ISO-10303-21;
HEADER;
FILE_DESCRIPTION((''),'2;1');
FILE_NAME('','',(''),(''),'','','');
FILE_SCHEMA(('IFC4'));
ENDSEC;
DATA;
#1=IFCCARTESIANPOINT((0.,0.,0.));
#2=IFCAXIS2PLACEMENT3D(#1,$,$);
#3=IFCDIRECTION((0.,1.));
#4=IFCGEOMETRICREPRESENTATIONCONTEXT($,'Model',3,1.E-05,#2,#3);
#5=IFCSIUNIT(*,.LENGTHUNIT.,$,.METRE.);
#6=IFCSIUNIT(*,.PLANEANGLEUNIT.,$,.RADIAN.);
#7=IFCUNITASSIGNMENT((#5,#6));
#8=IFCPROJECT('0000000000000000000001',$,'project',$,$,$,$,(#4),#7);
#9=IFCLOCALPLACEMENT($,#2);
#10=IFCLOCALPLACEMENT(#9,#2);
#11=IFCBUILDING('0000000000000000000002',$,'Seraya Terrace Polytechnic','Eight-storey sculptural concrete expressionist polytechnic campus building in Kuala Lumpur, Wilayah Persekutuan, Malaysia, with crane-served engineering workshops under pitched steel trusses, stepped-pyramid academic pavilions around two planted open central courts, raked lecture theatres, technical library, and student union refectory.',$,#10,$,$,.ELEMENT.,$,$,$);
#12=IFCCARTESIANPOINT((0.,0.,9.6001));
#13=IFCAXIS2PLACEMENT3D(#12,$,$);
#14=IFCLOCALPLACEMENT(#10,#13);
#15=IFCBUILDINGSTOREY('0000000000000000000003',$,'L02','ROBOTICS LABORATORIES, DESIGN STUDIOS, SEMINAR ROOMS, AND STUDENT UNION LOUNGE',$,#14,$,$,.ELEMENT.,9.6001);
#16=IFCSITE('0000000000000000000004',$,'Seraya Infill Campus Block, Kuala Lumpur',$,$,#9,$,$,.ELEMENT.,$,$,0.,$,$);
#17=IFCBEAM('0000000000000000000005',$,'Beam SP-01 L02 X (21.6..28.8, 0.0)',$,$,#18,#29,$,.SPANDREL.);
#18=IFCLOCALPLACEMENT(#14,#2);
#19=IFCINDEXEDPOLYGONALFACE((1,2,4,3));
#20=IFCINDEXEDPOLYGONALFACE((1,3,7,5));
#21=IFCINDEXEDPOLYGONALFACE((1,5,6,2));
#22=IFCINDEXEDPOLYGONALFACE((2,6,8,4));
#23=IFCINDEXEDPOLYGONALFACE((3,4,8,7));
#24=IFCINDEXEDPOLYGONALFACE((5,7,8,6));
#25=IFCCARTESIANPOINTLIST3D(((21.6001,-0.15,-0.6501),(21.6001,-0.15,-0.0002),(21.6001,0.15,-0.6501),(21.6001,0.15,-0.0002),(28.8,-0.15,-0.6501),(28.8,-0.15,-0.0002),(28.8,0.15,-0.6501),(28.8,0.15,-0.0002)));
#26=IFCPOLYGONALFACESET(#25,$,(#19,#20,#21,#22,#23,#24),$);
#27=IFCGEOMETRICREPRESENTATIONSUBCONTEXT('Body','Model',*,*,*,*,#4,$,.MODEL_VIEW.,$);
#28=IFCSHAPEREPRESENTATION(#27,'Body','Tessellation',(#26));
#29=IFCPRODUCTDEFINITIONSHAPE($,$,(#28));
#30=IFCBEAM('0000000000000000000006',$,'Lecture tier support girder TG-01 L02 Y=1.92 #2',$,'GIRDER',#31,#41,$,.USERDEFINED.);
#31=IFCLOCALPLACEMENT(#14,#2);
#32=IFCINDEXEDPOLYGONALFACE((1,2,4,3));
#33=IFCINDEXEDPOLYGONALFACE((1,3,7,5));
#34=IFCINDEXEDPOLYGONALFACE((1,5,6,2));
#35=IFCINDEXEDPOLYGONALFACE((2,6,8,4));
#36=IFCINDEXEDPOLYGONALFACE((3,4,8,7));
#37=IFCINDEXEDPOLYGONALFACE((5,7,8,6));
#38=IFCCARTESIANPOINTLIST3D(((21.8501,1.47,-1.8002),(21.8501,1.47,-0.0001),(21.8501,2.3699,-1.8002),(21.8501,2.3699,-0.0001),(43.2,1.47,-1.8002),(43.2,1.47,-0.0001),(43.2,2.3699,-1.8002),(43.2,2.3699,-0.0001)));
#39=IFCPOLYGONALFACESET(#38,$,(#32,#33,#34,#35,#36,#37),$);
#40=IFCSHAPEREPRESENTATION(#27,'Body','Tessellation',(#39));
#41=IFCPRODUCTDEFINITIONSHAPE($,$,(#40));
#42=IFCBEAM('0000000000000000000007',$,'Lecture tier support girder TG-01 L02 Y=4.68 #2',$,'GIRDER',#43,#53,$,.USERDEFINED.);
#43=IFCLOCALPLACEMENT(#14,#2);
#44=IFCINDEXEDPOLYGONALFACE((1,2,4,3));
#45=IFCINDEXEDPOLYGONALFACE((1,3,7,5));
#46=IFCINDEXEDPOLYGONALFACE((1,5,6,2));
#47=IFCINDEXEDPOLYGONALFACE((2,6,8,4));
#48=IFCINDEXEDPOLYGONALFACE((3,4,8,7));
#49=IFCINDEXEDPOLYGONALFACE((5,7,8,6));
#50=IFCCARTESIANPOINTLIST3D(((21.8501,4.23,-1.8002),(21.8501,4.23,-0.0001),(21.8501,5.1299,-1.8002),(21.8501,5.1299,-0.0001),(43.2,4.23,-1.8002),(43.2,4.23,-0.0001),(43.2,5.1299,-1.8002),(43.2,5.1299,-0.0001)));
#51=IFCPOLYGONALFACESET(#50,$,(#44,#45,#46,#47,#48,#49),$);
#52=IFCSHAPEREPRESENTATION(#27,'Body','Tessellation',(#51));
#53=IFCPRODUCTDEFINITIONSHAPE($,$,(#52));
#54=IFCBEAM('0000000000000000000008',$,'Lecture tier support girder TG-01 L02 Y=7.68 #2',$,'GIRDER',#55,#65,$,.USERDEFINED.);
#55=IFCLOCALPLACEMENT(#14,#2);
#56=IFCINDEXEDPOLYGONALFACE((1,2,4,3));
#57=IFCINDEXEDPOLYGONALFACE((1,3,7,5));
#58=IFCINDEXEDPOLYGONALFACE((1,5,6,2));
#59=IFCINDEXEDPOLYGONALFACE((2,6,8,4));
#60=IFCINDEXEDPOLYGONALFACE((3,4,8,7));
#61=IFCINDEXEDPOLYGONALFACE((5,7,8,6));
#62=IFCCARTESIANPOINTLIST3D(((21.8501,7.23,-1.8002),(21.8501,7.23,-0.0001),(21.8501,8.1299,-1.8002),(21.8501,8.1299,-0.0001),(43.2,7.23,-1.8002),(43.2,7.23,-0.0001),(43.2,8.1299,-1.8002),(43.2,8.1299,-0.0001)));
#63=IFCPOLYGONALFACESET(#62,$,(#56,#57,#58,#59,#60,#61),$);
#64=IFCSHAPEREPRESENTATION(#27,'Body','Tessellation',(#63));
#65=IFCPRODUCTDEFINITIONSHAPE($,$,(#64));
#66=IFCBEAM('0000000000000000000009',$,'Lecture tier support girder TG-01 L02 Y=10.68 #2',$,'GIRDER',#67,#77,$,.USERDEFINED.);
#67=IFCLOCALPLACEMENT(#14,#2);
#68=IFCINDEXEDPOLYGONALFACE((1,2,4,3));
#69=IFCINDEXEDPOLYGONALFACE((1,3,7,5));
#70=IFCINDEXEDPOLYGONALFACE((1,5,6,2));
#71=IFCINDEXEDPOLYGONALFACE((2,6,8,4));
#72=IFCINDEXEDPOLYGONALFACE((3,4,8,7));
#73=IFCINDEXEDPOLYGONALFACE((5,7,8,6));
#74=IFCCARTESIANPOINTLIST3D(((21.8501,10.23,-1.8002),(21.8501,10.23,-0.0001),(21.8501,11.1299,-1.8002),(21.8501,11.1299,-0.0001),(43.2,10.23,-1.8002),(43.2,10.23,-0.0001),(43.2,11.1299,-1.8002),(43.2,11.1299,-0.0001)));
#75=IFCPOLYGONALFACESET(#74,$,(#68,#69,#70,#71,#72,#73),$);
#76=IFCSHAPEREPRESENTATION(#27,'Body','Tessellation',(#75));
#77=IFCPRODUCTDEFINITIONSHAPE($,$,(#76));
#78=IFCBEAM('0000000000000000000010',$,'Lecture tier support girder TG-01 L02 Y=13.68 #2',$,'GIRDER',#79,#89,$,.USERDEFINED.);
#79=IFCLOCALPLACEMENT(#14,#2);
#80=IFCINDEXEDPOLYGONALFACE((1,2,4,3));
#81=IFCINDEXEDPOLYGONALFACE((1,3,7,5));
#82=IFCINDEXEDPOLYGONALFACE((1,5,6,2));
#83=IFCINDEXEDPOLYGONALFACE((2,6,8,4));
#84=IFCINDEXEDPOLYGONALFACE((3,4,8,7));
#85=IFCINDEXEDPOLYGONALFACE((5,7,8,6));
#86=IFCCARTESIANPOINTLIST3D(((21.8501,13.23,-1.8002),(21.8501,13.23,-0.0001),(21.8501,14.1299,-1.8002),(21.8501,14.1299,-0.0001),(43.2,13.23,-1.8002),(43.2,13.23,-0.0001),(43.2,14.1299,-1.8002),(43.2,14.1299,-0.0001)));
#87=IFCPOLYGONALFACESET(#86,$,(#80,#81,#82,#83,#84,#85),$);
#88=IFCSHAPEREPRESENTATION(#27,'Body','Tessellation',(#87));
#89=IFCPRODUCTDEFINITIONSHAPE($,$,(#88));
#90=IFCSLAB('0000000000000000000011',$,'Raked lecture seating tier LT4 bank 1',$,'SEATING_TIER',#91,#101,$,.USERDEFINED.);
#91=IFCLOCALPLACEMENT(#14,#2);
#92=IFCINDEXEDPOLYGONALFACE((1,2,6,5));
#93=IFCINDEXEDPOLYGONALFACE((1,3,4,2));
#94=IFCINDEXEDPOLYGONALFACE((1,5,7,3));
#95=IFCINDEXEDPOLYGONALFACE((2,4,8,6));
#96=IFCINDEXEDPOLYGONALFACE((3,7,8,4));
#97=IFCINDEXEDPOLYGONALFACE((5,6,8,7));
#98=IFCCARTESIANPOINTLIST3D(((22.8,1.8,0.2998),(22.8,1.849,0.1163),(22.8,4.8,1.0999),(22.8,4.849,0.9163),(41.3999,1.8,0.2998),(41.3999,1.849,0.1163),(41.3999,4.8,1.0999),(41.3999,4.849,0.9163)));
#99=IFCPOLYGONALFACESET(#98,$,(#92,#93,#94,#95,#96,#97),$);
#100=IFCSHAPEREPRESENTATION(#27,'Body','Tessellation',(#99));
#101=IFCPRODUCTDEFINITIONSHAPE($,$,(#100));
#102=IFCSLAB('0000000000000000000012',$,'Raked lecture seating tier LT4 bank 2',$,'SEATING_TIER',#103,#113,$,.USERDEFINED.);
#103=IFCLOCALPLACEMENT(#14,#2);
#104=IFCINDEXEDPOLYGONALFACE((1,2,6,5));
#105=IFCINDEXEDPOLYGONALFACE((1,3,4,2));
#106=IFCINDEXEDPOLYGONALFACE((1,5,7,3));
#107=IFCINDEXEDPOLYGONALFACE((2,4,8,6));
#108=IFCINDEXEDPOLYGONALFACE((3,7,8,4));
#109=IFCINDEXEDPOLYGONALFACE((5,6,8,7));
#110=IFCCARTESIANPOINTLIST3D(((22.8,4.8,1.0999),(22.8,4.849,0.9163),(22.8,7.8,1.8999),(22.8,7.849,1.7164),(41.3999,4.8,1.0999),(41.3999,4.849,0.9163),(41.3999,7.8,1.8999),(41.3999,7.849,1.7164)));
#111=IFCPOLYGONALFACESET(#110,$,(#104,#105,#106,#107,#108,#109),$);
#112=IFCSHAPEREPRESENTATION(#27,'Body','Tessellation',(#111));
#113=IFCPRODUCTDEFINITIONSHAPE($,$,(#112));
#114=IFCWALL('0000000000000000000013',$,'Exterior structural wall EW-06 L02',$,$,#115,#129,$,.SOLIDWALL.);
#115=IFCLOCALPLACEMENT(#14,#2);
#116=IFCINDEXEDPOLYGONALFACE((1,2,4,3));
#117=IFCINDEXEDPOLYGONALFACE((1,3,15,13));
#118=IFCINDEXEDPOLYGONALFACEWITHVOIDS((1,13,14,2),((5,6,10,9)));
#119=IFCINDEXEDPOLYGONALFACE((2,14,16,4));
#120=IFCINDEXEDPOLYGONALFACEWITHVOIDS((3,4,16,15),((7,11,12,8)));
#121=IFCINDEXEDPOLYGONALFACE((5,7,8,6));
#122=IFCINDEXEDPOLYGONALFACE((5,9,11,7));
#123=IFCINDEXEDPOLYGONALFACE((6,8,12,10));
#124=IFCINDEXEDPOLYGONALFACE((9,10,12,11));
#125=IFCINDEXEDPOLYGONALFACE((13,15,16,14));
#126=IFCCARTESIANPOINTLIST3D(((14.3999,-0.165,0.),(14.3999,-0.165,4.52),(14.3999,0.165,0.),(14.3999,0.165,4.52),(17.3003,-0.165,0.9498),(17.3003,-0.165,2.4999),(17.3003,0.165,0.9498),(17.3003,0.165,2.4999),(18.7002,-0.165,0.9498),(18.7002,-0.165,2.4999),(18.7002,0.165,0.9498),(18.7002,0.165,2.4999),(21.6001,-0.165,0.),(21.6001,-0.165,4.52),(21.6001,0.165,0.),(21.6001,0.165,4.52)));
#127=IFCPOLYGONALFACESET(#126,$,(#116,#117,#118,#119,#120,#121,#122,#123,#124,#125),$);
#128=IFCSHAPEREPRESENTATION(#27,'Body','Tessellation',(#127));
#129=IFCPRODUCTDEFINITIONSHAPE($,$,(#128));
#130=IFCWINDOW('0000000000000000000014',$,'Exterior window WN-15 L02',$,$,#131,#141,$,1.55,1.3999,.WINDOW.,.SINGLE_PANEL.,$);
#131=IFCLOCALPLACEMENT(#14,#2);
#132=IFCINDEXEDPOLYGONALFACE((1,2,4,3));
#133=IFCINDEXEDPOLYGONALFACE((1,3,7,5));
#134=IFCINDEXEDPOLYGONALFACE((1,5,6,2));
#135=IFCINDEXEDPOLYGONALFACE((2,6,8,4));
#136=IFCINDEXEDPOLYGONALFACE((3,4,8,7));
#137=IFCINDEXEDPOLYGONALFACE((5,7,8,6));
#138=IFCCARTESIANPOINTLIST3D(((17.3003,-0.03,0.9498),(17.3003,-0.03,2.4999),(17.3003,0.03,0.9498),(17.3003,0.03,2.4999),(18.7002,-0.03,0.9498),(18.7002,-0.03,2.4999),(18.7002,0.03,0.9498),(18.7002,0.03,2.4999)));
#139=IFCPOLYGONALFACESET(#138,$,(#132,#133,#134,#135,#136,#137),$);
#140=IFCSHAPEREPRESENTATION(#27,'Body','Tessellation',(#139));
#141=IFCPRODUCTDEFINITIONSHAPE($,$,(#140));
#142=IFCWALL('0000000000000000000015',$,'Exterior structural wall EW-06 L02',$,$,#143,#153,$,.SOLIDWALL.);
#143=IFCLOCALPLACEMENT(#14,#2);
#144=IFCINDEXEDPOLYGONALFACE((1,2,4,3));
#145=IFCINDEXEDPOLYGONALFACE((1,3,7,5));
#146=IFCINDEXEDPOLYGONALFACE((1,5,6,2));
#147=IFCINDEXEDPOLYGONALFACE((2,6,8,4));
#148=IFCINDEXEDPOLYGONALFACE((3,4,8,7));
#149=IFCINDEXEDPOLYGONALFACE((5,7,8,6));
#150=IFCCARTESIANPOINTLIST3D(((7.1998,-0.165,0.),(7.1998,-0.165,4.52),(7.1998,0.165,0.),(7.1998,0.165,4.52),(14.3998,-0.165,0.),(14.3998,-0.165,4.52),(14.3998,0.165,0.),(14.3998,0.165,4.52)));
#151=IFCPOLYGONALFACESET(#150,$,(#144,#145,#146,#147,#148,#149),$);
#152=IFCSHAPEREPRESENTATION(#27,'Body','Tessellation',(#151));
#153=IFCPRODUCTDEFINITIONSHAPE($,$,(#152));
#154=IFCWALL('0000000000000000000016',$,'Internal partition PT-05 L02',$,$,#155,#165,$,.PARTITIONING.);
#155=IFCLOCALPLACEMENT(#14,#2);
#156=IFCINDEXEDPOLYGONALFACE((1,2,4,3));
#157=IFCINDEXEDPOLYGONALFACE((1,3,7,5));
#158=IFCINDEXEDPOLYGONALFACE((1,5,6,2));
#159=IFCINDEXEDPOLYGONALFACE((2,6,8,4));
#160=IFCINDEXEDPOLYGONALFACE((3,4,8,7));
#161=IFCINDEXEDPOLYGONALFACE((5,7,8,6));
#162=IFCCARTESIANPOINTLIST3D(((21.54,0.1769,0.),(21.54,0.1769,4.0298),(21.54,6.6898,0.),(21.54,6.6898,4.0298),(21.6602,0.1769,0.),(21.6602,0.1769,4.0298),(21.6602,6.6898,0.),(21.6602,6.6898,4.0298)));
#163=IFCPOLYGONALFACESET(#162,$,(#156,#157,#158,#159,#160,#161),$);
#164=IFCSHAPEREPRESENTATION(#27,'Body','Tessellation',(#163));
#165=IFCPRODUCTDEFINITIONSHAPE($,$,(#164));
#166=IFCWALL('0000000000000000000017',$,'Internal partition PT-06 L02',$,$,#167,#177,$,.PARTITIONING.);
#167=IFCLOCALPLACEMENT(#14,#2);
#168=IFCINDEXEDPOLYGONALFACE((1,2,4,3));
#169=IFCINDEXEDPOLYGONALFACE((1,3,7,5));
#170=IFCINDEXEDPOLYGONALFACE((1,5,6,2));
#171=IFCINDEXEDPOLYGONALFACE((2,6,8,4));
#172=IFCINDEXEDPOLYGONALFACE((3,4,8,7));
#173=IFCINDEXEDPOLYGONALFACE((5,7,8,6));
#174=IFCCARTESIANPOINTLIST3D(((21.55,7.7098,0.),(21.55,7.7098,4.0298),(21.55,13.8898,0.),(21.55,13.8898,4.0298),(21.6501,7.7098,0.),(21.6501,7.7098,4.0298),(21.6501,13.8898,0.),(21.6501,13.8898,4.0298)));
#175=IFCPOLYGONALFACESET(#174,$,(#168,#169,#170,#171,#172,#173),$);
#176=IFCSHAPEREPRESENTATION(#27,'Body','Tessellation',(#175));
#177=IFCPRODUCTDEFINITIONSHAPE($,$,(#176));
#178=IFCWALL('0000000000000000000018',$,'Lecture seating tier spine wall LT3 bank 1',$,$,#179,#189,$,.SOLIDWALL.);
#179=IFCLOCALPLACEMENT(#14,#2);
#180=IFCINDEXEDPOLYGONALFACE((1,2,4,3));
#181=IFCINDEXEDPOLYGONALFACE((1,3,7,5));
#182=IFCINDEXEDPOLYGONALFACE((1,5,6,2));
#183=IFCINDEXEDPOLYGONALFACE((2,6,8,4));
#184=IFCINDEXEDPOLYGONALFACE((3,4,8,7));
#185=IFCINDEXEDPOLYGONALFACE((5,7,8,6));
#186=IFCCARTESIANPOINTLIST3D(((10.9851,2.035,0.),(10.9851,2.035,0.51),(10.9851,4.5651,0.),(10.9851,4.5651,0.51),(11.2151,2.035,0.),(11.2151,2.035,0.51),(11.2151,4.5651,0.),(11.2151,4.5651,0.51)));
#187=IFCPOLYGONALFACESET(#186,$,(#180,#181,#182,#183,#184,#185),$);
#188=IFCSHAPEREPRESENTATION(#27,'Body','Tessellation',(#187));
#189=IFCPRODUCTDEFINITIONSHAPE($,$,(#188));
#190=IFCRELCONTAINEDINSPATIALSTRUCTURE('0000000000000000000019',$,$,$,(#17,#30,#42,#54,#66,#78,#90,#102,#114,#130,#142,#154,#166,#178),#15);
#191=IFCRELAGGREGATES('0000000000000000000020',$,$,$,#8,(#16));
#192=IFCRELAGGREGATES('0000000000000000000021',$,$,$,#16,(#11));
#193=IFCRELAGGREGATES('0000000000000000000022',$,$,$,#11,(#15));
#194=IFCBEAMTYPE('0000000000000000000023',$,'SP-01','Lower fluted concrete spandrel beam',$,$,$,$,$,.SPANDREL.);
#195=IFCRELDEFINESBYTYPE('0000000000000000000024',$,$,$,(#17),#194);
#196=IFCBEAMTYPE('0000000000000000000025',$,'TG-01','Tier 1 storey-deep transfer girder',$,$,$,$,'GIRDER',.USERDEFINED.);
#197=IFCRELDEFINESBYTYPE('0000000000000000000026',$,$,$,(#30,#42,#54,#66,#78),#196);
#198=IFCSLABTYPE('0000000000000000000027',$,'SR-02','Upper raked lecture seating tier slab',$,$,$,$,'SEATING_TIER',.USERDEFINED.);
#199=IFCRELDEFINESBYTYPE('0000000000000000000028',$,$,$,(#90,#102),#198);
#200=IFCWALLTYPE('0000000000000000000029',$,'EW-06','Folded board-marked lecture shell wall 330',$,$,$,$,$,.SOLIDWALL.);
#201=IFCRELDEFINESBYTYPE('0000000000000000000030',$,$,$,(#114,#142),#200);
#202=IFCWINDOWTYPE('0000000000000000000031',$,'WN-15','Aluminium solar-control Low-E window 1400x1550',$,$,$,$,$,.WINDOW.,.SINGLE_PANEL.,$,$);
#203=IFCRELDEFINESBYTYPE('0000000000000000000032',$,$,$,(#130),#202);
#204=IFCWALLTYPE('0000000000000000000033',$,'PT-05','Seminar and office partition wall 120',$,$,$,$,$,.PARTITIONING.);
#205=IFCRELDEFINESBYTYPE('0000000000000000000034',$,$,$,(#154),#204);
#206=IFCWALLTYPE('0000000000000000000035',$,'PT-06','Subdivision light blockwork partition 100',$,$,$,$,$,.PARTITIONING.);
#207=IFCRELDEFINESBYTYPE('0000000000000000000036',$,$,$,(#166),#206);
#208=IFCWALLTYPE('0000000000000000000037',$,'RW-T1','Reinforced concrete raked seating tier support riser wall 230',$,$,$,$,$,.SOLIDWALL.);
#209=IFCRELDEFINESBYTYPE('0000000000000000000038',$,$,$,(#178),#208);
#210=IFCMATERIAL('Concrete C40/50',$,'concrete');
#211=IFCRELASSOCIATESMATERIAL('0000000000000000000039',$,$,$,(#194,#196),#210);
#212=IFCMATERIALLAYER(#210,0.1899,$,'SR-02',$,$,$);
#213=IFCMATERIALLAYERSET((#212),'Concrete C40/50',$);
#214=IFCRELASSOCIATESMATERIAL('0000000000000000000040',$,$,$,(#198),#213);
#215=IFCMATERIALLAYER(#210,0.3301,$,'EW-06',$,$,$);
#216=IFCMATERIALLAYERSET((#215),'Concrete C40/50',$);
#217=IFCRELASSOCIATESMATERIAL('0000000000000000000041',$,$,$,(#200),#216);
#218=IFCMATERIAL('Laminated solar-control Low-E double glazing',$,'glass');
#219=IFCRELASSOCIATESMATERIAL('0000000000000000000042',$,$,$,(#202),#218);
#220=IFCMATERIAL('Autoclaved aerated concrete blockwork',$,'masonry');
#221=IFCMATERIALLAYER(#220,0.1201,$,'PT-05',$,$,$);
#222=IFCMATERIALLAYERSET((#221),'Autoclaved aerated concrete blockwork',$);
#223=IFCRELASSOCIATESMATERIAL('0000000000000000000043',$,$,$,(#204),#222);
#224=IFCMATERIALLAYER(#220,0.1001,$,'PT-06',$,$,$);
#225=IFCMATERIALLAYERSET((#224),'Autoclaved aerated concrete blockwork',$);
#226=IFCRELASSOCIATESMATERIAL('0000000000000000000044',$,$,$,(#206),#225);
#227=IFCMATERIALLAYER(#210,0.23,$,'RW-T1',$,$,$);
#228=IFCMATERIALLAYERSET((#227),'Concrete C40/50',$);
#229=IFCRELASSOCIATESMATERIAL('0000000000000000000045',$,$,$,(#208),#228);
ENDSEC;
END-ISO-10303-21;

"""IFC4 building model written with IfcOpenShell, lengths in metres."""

from ifc_helpers import new_model, si_unit, direction, frame, frame_2d, origin, origin_2d, place, context, subcontext, project, spatial, polyline, rectangle, outline, extrude, material, layer, layer_set, material_profile, profile_set, type_object, element, fill, save


model = new_model("IFC4")

# Units and contexts
model_context = context("Model", 3, precision=1e-05, world=origin(), true_north=direction((0.0, 1.0)))
body_context = subcontext(model_context, "Body", "Model", "MODEL_VIEW")
ifc_project = project(units=[si_unit("LENGTHUNIT", "METRE"), si_unit("PLANEANGLEUNIT", "RADIAN")], contexts=[model_context])

# Site, building, storey
site_placement = place(None, origin())
site = spatial("IfcSite", under=ifc_project, at=site_placement, Name="Seraya Infill Campus Block, Kuala Lumpur", CompositionType="ELEMENT", RefElevation=0.0)
building_placement = place(site_placement, origin())
building = spatial("IfcBuilding", under=site, at=building_placement, Name="Seraya Terrace Polytechnic", Description="Eight-storey sculptural concrete expressionist polytechnic campus building in Kuala Lumpur, Wilayah Persekutuan, Malaysia, with crane-served engineering workshops under pitched steel trusses, stepped-pyramid academic pavilions around two planted open central courts, raked lecture theatres, technical library, and student union refectory.", CompositionType="ELEMENT")
storey_placement = place(building_placement, frame((0.0, 0.0, 9.6001)))
storey = spatial("IfcBuildingStorey", under=building, at=storey_placement, Name="L02", Description="ROBOTICS LABORATORIES, DESIGN STUDIOS, SEMINAR ROOMS, AND STUDENT UNION LOUNGE", CompositionType="ELEMENT", Elevation=9.6001)

# Shared definitions
ifc_material_1 = material(Name="Concrete C40/50", Category="concrete")

# Beams
ifc_material_profile_1 = material_profile(ifc_material_1, rectangle(XDim=0.3, YDim=0.6499, at=origin_2d()), Name="RC 300x650")
ifc_profile_set_1 = profile_set([ifc_material_profile_1], Name="Concrete C40/50")
beam_type_1 = type_object("IfcBeamType", Name="SP-01", Description="Lower fluted concrete spandrel beam", PredefinedType="SPANDREL", material=ifc_profile_set_1)
beam_1_placement = place(storey_placement, frame((21.6001, 0.0, -0.3252), z_axis=(1.0, 0.0, 0.0), x_axis=(0.0, 1.0, 0.0)))
element("IfcBeam", 1, at=beam_1_placement, inside=storey, type_object=beam_type_1, Name="Beam SP-01 L02 X (21.6..28.8, 0.0)", PredefinedType="SPANDREL", context=body_context, shape_type="SweptSolid", body=[
    extrude(rectangle(XDim=0.3, YDim=0.6499, at=origin_2d()), origin(), (0.0, 0.0, 1.0), 7.2),
])
ifc_material_profile_2 = material_profile(ifc_material_1, rectangle(XDim=0.8999, YDim=1.8, at=origin_2d()), Name="RC 900x1800")
ifc_profile_set_2 = profile_set([ifc_material_profile_2], Name="Concrete C40/50")
beam_type_2 = type_object("IfcBeamType", Name="TG-01", Description="Tier 1 storey-deep transfer girder", ElementType="GIRDER", PredefinedType="USERDEFINED", material=ifc_profile_set_2)
for number, where, z_axis, x_axis, name in (
    (2, (21.8501, 1.9199, -0.9001), (1.0, 0.0, 0.0), (0.0, 1.0, 0.0), "Lecture tier support girder TG-01 L02 Y=1.92 #2"),
    (3, (21.8501, 4.6799, -0.9001), (1.0, 0.0, 0.0), (0.0, 1.0, 0.0), "Lecture tier support girder TG-01 L02 Y=4.68 #2"),
    (4, (21.8501, 7.6799, -0.9001), (1.0, 0.0, 0.0), (0.0, 1.0, 0.0), "Lecture tier support girder TG-01 L02 Y=7.68 #2"),
    (5, (21.8501, 10.6799, -0.9001), (1.0, 0.0, 0.0), (0.0, 1.0, 0.0), "Lecture tier support girder TG-01 L02 Y=10.68 #2"),
    (6, (21.8501, 13.6799, -0.9001), (1.0, 0.0, 0.0), (0.0, 1.0, 0.0), "Lecture tier support girder TG-01 L02 Y=13.68 #2"),
):
    element("IfcBeam", number, at=place(storey_placement, frame(where, z_axis=z_axis, x_axis=x_axis)), inside=storey, type_object=beam_type_2, Name=name, ObjectType="GIRDER", PredefinedType="USERDEFINED", context=body_context, shape_type="SweptSolid", body=[
        extrude(rectangle(XDim=0.8999, YDim=1.8, at=origin_2d()), origin(), (0.0, 0.0, 1.0), 21.3499),
    ])

# Slabs
ifc_layer_1 = layer(ifc_material_1, 0.1899, Name="SR-02")
ifc_layer_set_1 = layer_set([ifc_layer_1], Name="Concrete C40/50")
slab_type = type_object("IfcSlabType", Name="SR-02", Description="Upper raked lecture seating tier slab", ElementType="SEATING_TIER", PredefinedType="USERDEFINED", material=ifc_layer_set_1)
for number, where, z_axis, x_axis, name in (
    (7, (22.8, 1.8, 0.2998), (0.0, -0.257677, 0.966231), (1.0, 0.0, 0.0), "Raked lecture seating tier LT4 bank 1"),
    (8, (22.8, 4.8, 1.0999), (0.0, -0.257677, 0.966231), (1.0, 0.0, 0.0), "Raked lecture seating tier LT4 bank 2"),
):
    element("IfcSlab", number, at=place(storey_placement, frame(where, z_axis=z_axis, x_axis=x_axis)), inside=storey, type_object=slab_type, Name=name, ObjectType="SEATING_TIER", PredefinedType="USERDEFINED", context=body_context, shape_type="SweptSolid", body=[
        extrude(outline(polyline([(0.0, 0.0), (18.5999, 0.0), (18.5999, 3.1048), (0.0, 3.1048), (0.0, 0.0)])), origin(), (0.0, 0.0, -1.0), 0.1899),
    ])

# Wall, opening, window
ifc_layer_2 = layer(ifc_material_1, 0.3301, Name="EW-06")
ifc_layer_set_2 = layer_set([ifc_layer_2], Name="Concrete C40/50")
wall_type_1 = type_object("IfcWallType", Name="EW-06", Description="Folded board-marked lecture shell wall 330", PredefinedType="SOLIDWALL", material=ifc_layer_set_2)
wall_1_placement = place(storey_placement, frame((21.6001, 0.0, 0.0), z_axis=(0.0, 0.0, 1.0), x_axis=(-1.0, 0.0, 0.0)))
wall_1 = element("IfcWall", 9, at=wall_1_placement, inside=storey, type_object=wall_type_1, Name="Exterior structural wall EW-06 L02", PredefinedType="SOLIDWALL", context=body_context, shape_type="SweptSolid", body=[
    extrude(rectangle(XDim=7.2002, YDim=0.3301, at=frame_2d((3.6001, 0.0))), origin(), (0.0, 0.0, 1.0), 4.52),
])
opening_placement = place(wall_1_placement, frame((2.8999, 0.0, 0.95)))
opening = element("IfcOpeningElement", 10, at=opening_placement, cuts=wall_1, PredefinedType="OPENING", context=body_context, shape_type="SweptSolid", body=[
    extrude(rectangle(XDim=1.3999, YDim=1.55, at=frame_2d((0.7, 0.7749))), frame((0.0, 0.177, 0.0), z_axis=(0.0, -1.0, 0.0), x_axis=(1.0, 0.0, 0.0)), (0.0, 0.0, 1.0), 0.354),
])
ifc_material_2 = material(Name="Laminated solar-control Low-E double glazing", Category="glass")
window_type = type_object("IfcWindowType", Name="WN-15", Description="Aluminium solar-control Low-E window 1400x1550", PartitioningType="SINGLE_PANEL", PredefinedType="WINDOW", material=ifc_material_2)
window_placement = place(opening_placement, origin())
window = element("IfcWindow", 11, at=window_placement, inside=storey, type_object=window_type, Name="Exterior window WN-15 L02", OverallHeight=1.55, OverallWidth=1.3999, PartitioningType="SINGLE_PANEL", PredefinedType="WINDOW", context=body_context, shape_type="SweptSolid", body=[
    extrude(rectangle(XDim=1.3999, YDim=1.55, at=frame_2d((0.7, 0.7749))), frame((0.0, 0.03, 0.0), z_axis=(0.0, -1.0, 0.0), x_axis=(1.0, 0.0, 0.0)), (0.0, 0.0, 1.0), 0.0601),
])
fill(opening, window)

# Walls
wall_2_placement = place(storey_placement, frame((14.3999, 0.0, 0.0), z_axis=(0.0, 0.0, 1.0), x_axis=(-1.0, 0.0, 0.0)))
element("IfcWall", 12, at=wall_2_placement, inside=storey, type_object=wall_type_1, Name="Exterior structural wall EW-06 L02", PredefinedType="SOLIDWALL", context=body_context, shape_type="SweptSolid", body=[
    extrude(rectangle(XDim=7.2, YDim=0.3301, at=frame_2d((3.6001, 0.0))), origin(), (0.0, 0.0, 1.0), 4.52),
])
ifc_material_3 = material(Name="Autoclaved aerated concrete blockwork", Category="masonry")
ifc_layer_3 = layer(ifc_material_3, 0.1201, Name="PT-05")
ifc_layer_set_3 = layer_set([ifc_layer_3], Name="Autoclaved aerated concrete blockwork")
wall_type_2 = type_object("IfcWallType", Name="PT-05", Description="Seminar and office partition wall 120", PredefinedType="PARTITIONING", material=ifc_layer_set_3)
wall_3_placement = place(storey_placement, frame((21.6001, 0.177, 0.0), z_axis=(0.0, 0.0, 1.0), x_axis=(0.0, 1.0, 0.0)))
element("IfcWall", 13, at=wall_3_placement, inside=storey, type_object=wall_type_2, Name="Internal partition PT-05 L02", PredefinedType="PARTITIONING", context=body_context, shape_type="SweptSolid", body=[
    extrude(rectangle(XDim=6.5129, YDim=0.1201, at=frame_2d((3.2563, 0.0))), origin(), (0.0, 0.0, 1.0), 4.0298),
])
ifc_layer_4 = layer(ifc_material_3, 0.1001, Name="PT-06")
ifc_layer_set_4 = layer_set([ifc_layer_4], Name="Autoclaved aerated concrete blockwork")
wall_type_3 = type_object("IfcWallType", Name="PT-06", Description="Subdivision light blockwork partition 100", PredefinedType="PARTITIONING", material=ifc_layer_set_4)
wall_4_placement = place(storey_placement, frame((21.6001, 7.71, 0.0), z_axis=(0.0, 0.0, 1.0), x_axis=(0.0, 1.0, 0.0)))
element("IfcWall", 14, at=wall_4_placement, inside=storey, type_object=wall_type_3, Name="Internal partition PT-06 L02", PredefinedType="PARTITIONING", context=body_context, shape_type="SweptSolid", body=[
    extrude(rectangle(XDim=6.1799, YDim=0.1001, at=frame_2d((3.0898, 0.0))), origin(), (0.0, 0.0, 1.0), 4.0298),
])
ifc_layer_5 = layer(ifc_material_1, 0.23, Name="RW-T1")
ifc_layer_set_5 = layer_set([ifc_layer_5], Name="Concrete C40/50")
wall_type_4 = type_object("IfcWallType", Name="RW-T1", Description="Reinforced concrete raked seating tier support riser wall 230", PredefinedType="SOLIDWALL", material=ifc_layer_set_5)
wall_5_placement = place(storey_placement, frame((11.1001, 2.0349, 0.0), z_axis=(0.0, 0.0, 1.0), x_axis=(0.0, 1.0, 0.0)))
element("IfcWall", 15, at=wall_5_placement, inside=storey, type_object=wall_type_4, Name="Lecture seating tier spine wall LT3 bank 1", PredefinedType="SOLIDWALL", context=body_context, shape_type="SweptSolid", body=[
    extrude(rectangle(XDim=2.53, YDim=0.23, at=frame_2d((1.2651, 0.0))), origin(), (0.0, 0.0, 1.0), 0.51),
])

save(model, "model.ifc")
